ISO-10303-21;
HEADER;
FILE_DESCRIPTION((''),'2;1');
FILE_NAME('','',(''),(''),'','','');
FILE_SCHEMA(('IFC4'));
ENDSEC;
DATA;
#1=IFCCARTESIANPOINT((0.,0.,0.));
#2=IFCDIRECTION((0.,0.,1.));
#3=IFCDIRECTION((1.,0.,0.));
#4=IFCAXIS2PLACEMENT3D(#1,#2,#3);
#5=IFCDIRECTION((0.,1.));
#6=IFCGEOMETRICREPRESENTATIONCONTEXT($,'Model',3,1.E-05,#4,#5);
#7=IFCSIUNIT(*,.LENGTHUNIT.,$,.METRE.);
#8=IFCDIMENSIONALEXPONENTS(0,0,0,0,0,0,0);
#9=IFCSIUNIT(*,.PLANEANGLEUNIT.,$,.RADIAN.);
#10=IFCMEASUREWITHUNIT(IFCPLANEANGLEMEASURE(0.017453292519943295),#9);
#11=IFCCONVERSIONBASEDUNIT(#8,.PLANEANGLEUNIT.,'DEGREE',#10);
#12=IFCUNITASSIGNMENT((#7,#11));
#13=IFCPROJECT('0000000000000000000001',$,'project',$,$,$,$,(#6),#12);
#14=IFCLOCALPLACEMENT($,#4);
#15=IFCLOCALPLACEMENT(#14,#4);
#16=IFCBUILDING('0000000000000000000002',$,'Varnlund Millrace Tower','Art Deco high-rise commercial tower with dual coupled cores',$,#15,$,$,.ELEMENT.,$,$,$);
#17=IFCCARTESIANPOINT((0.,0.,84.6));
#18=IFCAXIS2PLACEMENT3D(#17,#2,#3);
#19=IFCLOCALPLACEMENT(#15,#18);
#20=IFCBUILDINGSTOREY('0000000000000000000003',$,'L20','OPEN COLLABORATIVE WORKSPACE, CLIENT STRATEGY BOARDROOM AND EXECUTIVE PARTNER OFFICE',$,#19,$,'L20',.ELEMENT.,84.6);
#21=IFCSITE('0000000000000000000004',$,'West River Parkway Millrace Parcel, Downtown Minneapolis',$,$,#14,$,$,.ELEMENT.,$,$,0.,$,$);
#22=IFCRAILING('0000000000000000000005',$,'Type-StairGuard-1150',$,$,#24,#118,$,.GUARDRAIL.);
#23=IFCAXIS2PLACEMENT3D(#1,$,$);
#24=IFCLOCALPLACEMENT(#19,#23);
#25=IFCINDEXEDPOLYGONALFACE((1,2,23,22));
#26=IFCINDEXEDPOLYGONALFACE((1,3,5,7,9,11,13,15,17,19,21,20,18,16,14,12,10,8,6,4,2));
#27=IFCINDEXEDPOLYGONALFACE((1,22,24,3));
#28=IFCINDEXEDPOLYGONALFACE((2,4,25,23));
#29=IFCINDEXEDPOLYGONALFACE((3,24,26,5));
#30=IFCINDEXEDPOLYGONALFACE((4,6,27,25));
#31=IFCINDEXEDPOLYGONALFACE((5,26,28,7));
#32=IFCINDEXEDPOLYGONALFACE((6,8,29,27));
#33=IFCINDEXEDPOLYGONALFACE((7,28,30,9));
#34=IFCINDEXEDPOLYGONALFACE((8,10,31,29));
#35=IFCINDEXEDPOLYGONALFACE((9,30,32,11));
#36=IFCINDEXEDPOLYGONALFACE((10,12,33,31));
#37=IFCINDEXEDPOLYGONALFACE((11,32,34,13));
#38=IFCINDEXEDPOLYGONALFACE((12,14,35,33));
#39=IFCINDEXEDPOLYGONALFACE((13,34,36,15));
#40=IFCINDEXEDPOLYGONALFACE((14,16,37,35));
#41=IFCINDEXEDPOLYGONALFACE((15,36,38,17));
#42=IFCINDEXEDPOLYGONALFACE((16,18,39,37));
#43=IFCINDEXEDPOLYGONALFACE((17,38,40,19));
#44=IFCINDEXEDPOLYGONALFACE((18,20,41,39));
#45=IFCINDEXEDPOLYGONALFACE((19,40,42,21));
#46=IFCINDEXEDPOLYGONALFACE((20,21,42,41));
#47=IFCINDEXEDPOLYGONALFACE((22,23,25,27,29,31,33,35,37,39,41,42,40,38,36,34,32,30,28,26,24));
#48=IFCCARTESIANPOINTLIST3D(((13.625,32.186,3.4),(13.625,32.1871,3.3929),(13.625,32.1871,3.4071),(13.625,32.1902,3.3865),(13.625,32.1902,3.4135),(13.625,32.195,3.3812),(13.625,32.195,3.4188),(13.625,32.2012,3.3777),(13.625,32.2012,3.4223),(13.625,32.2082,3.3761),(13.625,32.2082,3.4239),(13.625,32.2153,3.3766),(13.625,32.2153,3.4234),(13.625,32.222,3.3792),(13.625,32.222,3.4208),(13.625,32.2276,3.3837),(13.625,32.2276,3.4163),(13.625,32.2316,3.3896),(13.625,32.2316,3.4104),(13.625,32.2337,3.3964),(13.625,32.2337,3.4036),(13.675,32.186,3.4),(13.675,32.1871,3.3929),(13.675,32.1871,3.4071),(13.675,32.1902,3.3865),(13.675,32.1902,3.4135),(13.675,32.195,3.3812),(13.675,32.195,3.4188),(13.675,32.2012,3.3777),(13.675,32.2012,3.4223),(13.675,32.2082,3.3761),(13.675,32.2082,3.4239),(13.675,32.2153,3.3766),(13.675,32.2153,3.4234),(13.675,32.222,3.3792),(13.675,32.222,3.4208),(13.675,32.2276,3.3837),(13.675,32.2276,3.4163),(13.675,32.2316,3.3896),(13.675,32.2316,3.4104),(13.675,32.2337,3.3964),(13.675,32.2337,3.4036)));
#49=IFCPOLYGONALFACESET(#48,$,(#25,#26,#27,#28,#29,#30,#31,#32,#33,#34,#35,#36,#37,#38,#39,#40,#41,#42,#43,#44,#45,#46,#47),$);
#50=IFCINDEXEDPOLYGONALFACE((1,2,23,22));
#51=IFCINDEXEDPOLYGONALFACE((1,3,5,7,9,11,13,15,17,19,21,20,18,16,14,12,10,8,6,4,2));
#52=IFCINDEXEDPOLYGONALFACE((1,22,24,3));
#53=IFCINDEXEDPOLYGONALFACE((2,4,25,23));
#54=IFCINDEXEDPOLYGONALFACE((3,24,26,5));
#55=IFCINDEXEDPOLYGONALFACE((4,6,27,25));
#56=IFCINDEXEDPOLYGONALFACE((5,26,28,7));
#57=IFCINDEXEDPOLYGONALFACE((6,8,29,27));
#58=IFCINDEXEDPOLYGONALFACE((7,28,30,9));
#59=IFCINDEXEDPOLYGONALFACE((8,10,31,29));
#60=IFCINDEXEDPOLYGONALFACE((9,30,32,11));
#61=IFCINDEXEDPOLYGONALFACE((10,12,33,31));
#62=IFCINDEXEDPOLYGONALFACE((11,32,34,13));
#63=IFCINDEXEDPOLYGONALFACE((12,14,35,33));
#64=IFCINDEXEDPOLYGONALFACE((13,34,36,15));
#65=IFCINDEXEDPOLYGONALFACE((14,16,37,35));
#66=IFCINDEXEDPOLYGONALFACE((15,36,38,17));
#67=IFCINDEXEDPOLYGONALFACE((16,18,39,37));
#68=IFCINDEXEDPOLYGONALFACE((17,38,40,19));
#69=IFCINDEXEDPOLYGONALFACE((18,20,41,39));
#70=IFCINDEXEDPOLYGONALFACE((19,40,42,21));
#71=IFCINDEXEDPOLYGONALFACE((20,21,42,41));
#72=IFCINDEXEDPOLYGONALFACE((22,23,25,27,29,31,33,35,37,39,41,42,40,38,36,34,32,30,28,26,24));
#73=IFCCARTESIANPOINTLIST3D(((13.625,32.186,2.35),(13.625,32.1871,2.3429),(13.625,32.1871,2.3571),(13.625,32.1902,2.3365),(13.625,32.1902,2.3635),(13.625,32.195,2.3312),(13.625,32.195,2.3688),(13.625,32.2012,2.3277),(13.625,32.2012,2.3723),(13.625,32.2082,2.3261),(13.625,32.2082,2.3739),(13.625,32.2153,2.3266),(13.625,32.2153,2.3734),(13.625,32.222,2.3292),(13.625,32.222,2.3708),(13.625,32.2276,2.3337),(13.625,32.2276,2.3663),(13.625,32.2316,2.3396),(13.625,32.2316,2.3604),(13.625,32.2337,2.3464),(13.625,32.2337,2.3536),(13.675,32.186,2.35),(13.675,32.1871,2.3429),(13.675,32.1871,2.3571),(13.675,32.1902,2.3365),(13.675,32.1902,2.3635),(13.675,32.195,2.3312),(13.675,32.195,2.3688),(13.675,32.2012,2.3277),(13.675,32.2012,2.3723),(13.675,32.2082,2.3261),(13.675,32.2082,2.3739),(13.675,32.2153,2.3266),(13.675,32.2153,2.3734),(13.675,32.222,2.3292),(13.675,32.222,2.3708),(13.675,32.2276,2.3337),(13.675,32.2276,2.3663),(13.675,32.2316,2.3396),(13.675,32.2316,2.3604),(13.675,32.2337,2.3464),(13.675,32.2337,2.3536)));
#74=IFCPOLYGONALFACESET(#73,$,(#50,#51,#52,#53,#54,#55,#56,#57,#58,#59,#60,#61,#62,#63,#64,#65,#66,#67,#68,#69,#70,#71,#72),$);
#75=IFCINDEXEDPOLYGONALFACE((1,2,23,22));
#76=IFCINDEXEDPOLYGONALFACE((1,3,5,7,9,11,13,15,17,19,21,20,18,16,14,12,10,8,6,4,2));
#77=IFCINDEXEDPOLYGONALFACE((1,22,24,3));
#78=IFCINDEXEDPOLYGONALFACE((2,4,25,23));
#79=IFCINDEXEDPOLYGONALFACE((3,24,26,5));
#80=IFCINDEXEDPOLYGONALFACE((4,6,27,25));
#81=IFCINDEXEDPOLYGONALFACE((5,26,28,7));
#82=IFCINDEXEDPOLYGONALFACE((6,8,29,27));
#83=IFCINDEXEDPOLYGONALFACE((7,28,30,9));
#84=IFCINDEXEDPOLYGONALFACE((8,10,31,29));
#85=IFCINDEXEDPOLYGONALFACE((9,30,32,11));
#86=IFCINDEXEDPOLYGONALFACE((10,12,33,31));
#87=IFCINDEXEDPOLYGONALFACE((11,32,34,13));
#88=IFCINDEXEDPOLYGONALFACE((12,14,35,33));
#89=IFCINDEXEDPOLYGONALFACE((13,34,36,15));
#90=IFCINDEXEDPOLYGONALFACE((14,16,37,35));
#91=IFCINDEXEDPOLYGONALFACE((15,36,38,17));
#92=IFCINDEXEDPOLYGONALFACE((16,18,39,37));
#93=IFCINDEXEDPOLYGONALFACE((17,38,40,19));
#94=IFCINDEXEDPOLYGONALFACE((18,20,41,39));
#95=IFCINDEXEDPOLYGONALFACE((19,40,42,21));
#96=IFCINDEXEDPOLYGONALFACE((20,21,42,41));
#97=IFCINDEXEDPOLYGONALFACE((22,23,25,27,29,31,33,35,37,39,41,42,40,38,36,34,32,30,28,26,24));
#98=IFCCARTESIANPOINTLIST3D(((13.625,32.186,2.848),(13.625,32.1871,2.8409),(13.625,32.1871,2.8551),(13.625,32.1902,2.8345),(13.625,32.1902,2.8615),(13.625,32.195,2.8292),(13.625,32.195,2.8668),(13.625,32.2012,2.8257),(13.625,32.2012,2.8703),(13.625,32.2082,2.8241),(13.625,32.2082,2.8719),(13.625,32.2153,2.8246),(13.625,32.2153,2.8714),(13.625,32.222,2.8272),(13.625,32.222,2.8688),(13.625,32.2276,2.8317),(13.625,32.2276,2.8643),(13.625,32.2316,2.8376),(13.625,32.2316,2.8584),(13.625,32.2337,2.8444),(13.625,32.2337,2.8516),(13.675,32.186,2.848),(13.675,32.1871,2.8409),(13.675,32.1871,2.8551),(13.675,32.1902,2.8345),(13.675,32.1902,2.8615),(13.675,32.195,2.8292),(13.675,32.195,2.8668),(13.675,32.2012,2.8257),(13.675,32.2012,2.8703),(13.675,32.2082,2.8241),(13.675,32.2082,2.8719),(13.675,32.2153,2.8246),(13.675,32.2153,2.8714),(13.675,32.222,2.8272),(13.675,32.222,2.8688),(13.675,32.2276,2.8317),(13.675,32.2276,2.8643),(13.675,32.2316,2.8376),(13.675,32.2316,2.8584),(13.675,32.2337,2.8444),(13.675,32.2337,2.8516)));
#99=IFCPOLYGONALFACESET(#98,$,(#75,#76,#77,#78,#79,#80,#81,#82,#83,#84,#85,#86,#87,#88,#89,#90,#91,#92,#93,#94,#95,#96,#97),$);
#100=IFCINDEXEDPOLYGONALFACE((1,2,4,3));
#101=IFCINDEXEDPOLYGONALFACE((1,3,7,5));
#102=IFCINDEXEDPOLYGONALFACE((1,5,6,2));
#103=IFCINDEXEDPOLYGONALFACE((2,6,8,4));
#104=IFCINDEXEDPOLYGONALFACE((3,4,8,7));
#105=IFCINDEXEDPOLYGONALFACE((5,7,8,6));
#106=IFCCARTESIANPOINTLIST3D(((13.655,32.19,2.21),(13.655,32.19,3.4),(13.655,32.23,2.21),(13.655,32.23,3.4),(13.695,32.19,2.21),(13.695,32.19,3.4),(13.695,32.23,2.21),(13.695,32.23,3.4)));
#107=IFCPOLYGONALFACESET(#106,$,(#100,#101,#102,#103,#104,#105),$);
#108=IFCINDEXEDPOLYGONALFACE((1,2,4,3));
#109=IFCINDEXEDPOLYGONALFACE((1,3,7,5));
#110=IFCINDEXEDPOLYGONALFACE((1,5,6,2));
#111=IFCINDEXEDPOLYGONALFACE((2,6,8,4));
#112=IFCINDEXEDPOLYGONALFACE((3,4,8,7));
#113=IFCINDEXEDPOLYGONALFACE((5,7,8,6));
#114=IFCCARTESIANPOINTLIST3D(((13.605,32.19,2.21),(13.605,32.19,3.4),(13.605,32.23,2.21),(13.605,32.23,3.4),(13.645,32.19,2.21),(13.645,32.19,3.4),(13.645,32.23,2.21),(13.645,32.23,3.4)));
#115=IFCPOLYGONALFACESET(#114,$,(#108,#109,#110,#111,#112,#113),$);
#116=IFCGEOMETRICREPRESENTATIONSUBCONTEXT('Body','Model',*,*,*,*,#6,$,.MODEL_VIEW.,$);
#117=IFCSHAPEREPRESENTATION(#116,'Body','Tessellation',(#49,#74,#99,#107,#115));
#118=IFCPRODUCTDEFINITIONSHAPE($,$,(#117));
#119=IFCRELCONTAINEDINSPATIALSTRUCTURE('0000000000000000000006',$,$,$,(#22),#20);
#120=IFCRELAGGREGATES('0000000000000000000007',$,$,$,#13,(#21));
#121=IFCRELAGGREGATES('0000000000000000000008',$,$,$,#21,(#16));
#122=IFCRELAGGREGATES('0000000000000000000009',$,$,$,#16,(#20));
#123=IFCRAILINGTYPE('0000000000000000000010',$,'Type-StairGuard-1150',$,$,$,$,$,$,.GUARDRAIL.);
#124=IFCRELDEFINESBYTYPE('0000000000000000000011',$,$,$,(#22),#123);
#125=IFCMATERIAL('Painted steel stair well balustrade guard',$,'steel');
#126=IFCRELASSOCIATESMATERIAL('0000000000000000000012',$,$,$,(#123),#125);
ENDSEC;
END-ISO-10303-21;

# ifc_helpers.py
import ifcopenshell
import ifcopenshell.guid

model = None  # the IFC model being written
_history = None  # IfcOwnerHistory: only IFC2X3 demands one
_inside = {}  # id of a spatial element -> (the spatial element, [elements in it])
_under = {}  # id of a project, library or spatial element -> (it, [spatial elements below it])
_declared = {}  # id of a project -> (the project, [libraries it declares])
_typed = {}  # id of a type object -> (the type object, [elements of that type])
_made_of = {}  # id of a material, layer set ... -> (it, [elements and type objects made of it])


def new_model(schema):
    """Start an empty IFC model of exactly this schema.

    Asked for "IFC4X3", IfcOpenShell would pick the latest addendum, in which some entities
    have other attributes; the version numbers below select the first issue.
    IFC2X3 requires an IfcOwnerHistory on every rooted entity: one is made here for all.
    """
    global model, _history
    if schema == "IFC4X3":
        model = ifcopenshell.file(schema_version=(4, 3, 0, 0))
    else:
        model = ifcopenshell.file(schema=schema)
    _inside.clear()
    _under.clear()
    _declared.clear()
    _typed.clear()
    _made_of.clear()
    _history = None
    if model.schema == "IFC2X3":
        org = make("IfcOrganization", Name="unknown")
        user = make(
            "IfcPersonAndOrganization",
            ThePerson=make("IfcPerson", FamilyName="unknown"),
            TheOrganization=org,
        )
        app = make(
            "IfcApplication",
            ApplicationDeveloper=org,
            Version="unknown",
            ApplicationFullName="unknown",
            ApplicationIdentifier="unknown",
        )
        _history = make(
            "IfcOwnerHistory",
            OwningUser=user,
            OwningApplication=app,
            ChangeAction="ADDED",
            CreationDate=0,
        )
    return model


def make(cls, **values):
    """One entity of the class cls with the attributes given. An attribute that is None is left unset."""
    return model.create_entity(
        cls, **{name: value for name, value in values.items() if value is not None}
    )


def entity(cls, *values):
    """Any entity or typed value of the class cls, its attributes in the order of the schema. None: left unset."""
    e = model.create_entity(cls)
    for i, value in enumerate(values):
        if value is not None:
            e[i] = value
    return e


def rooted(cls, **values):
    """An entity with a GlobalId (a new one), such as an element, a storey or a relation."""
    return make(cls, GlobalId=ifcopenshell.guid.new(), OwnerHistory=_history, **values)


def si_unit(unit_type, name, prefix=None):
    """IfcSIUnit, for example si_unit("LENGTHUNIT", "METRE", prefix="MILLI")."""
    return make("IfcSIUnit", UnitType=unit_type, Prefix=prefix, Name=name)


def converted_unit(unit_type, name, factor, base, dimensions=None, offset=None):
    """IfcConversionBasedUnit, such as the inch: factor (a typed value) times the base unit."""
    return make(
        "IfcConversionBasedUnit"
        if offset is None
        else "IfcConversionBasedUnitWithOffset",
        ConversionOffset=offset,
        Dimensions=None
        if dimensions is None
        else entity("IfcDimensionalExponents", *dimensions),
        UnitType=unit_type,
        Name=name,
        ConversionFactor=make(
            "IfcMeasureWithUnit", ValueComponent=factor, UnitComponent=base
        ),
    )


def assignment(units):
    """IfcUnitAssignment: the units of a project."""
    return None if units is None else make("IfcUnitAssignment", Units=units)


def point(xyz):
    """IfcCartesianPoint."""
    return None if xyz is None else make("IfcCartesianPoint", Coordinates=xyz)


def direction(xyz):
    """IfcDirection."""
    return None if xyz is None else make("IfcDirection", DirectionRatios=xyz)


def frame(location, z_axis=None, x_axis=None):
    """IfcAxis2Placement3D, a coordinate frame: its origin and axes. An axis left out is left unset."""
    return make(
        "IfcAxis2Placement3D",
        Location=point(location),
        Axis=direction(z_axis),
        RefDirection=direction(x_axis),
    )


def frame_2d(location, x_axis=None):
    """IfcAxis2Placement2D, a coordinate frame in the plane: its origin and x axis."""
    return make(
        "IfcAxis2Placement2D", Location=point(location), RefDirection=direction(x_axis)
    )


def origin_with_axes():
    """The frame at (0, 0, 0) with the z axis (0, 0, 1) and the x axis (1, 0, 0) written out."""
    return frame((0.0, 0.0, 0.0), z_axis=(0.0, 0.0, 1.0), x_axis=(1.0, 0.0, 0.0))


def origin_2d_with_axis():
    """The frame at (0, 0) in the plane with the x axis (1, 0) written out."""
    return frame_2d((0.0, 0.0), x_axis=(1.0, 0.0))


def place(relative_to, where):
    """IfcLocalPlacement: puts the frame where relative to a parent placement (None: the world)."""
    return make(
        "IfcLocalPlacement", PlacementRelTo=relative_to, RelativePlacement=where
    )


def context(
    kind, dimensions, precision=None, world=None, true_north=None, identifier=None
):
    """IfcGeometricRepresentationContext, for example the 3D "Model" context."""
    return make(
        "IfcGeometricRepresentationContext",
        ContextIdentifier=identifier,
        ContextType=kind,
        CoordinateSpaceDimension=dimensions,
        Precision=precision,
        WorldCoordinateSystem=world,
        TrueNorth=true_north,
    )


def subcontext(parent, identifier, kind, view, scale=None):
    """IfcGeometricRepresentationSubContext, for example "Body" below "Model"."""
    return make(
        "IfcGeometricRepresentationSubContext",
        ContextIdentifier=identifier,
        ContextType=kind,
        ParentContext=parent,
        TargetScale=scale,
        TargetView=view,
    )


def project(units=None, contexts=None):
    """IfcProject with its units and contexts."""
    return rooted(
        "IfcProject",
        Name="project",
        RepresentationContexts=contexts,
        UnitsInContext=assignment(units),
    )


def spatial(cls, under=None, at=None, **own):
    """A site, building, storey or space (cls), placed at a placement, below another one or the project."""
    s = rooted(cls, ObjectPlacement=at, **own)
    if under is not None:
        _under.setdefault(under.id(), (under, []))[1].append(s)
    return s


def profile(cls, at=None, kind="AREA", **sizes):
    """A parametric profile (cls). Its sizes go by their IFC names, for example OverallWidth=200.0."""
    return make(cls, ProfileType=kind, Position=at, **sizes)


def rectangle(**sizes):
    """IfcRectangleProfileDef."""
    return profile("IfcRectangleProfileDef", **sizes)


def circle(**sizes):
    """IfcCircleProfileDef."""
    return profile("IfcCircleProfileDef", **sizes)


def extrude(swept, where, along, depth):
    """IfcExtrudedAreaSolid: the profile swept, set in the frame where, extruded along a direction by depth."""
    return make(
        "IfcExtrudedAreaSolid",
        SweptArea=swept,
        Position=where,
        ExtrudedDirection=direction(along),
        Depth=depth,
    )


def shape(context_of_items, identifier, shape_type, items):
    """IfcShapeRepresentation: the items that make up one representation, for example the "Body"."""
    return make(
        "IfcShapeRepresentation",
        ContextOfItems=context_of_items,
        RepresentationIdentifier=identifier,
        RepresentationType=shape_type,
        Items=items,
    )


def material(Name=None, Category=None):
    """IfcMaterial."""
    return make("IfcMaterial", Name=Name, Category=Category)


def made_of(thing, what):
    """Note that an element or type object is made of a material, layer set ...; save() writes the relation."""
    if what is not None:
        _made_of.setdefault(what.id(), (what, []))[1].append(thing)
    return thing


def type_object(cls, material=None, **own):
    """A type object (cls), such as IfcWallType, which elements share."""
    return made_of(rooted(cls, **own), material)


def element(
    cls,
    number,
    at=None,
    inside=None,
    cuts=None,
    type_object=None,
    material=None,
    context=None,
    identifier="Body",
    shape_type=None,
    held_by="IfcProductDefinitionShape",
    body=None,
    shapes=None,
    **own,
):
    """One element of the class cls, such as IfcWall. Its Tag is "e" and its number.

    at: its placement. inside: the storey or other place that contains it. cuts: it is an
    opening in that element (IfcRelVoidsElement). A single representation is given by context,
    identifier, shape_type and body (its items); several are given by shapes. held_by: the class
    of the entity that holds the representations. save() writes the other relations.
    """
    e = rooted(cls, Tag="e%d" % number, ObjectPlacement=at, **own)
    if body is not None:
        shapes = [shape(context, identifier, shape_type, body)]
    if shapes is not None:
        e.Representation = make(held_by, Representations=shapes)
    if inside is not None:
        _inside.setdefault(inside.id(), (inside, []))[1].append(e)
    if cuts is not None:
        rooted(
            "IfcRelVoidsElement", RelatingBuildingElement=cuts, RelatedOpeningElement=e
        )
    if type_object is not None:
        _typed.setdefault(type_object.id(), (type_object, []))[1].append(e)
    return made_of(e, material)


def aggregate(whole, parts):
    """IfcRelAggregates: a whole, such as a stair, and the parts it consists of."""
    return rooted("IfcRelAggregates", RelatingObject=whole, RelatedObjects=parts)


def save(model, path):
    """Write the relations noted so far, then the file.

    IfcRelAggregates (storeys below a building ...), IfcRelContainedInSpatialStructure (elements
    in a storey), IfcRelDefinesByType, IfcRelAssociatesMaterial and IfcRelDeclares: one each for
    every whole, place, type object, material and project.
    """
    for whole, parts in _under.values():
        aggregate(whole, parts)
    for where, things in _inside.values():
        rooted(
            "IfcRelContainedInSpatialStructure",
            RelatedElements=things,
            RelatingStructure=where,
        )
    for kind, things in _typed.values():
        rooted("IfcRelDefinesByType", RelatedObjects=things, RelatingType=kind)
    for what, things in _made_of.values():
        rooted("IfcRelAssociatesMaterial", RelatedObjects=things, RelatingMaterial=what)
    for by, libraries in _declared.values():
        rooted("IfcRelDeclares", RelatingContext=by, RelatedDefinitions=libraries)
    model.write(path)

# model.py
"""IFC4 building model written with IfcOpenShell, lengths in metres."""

from ifc_helpers import new_model, entity, si_unit, converted_unit, direction, frame, origin_with_axes, origin_2d_with_axis, place, context, subcontext, project, spatial, rectangle, circle, extrude, material, type_object, element, save


model = new_model("IFC4")

# Units and contexts
model_context = context("Model", 3, precision=1e-05, world=origin_with_axes(), true_north=direction((0.0, 1.0)))
body_context = subcontext(model_context, "Body", "Model", "MODEL_VIEW")
ifc_project = project(units=[si_unit("LENGTHUNIT", "METRE"), converted_unit("PLANEANGLEUNIT", "DEGREE", entity("IfcPlaneAngleMeasure", 0.017453292519943295), si_unit("PLANEANGLEUNIT", "RADIAN"), dimensions=[0, 0, 0, 0, 0, 0, 0])], contexts=[model_context])

# Site, building, storey
site_placement = place(None, origin_with_axes())
site = spatial("IfcSite", under=ifc_project, at=site_placement, Name="West River Parkway Millrace Parcel, Downtown Minneapolis", CompositionType="ELEMENT", RefElevation=0.0)
building_placement = place(site_placement, origin_with_axes())
building = spatial("IfcBuilding", under=site, at=building_placement, Name="Varnlund Millrace Tower", Description="Art Deco high-rise commercial tower with dual coupled cores", CompositionType="ELEMENT")
storey_placement = place(building_placement, frame((0.0, 0.0, 84.6), z_axis=(0.0, 0.0, 1.0), x_axis=(1.0, 0.0, 0.0)))
storey = spatial("IfcBuildingStorey", under=building, at=storey_placement, Name="L20", Description="OPEN COLLABORATIVE WORKSPACE, CLIENT STRATEGY BOARDROOM AND EXECUTIVE PARTNER OFFICE", LongName="L20", CompositionType="ELEMENT", Elevation=84.6)

# Railing
ifc_material_1 = material(Name="Painted steel stair well balustrade guard", Category="steel")
railing_type_1 = type_object("IfcRailingType", Name="Type-StairGuard-1150", PredefinedType="GUARDRAIL", material=ifc_material_1)
railing_1_placement = place(storey_placement, frame((0.0, 0.0, -84.6), z_axis=(0.0, 0.0, 1.0), x_axis=(1.0, 0.0, 0.0)))
element("IfcRailing", 1, at=railing_1_placement, inside=storey, type_object=railing_type_1, Name="Type-StairGuard-1150", PredefinedType="GUARDRAIL", context=body_context, shape_type="SweptSolid", body=[
    extrude(circle(Radius=0.024, at=origin_2d_with_axis()), frame((13.675, 32.21, 88.0), z_axis=(-1.0, 0.0, 0.0), x_axis=(0.0, -1.0, 0.0)), (0.0, 0.0, 1.0), 0.05),
    extrude(circle(Radius=0.024, at=origin_2d_with_axis()), frame((13.675, 32.21, 86.95), z_axis=(-1.0, 0.0, 0.0), x_axis=(0.0, -1.0, 0.0)), (0.0, 0.0, 1.0), 0.05),
    extrude(circle(Radius=0.024, at=origin_2d_with_axis()), frame((13.675, 32.21, 87.448), z_axis=(-1.0, 0.0, 0.0), x_axis=(0.0, -1.0, 0.0)), (0.0, 0.0, 1.0), 0.05),
    extrude(rectangle(XDim=0.04, YDim=0.04, at=origin_2d_with_axis()), frame((13.675, 32.21, 86.81), z_axis=(0.0, 0.0, 1.0), x_axis=(1.0, 0.0, 0.0)), (0.0, 0.0, 1.0), 1.19),
    extrude(rectangle(XDim=0.04, YDim=0.04, at=origin_2d_with_axis()), frame((13.625, 32.21, 86.81), z_axis=(0.0, 0.0, 1.0), x_axis=(1.0, 0.0, 0.0)), (0.0, 0.0, 1.0), 1.19),
])

save(model, "model.ifc")
